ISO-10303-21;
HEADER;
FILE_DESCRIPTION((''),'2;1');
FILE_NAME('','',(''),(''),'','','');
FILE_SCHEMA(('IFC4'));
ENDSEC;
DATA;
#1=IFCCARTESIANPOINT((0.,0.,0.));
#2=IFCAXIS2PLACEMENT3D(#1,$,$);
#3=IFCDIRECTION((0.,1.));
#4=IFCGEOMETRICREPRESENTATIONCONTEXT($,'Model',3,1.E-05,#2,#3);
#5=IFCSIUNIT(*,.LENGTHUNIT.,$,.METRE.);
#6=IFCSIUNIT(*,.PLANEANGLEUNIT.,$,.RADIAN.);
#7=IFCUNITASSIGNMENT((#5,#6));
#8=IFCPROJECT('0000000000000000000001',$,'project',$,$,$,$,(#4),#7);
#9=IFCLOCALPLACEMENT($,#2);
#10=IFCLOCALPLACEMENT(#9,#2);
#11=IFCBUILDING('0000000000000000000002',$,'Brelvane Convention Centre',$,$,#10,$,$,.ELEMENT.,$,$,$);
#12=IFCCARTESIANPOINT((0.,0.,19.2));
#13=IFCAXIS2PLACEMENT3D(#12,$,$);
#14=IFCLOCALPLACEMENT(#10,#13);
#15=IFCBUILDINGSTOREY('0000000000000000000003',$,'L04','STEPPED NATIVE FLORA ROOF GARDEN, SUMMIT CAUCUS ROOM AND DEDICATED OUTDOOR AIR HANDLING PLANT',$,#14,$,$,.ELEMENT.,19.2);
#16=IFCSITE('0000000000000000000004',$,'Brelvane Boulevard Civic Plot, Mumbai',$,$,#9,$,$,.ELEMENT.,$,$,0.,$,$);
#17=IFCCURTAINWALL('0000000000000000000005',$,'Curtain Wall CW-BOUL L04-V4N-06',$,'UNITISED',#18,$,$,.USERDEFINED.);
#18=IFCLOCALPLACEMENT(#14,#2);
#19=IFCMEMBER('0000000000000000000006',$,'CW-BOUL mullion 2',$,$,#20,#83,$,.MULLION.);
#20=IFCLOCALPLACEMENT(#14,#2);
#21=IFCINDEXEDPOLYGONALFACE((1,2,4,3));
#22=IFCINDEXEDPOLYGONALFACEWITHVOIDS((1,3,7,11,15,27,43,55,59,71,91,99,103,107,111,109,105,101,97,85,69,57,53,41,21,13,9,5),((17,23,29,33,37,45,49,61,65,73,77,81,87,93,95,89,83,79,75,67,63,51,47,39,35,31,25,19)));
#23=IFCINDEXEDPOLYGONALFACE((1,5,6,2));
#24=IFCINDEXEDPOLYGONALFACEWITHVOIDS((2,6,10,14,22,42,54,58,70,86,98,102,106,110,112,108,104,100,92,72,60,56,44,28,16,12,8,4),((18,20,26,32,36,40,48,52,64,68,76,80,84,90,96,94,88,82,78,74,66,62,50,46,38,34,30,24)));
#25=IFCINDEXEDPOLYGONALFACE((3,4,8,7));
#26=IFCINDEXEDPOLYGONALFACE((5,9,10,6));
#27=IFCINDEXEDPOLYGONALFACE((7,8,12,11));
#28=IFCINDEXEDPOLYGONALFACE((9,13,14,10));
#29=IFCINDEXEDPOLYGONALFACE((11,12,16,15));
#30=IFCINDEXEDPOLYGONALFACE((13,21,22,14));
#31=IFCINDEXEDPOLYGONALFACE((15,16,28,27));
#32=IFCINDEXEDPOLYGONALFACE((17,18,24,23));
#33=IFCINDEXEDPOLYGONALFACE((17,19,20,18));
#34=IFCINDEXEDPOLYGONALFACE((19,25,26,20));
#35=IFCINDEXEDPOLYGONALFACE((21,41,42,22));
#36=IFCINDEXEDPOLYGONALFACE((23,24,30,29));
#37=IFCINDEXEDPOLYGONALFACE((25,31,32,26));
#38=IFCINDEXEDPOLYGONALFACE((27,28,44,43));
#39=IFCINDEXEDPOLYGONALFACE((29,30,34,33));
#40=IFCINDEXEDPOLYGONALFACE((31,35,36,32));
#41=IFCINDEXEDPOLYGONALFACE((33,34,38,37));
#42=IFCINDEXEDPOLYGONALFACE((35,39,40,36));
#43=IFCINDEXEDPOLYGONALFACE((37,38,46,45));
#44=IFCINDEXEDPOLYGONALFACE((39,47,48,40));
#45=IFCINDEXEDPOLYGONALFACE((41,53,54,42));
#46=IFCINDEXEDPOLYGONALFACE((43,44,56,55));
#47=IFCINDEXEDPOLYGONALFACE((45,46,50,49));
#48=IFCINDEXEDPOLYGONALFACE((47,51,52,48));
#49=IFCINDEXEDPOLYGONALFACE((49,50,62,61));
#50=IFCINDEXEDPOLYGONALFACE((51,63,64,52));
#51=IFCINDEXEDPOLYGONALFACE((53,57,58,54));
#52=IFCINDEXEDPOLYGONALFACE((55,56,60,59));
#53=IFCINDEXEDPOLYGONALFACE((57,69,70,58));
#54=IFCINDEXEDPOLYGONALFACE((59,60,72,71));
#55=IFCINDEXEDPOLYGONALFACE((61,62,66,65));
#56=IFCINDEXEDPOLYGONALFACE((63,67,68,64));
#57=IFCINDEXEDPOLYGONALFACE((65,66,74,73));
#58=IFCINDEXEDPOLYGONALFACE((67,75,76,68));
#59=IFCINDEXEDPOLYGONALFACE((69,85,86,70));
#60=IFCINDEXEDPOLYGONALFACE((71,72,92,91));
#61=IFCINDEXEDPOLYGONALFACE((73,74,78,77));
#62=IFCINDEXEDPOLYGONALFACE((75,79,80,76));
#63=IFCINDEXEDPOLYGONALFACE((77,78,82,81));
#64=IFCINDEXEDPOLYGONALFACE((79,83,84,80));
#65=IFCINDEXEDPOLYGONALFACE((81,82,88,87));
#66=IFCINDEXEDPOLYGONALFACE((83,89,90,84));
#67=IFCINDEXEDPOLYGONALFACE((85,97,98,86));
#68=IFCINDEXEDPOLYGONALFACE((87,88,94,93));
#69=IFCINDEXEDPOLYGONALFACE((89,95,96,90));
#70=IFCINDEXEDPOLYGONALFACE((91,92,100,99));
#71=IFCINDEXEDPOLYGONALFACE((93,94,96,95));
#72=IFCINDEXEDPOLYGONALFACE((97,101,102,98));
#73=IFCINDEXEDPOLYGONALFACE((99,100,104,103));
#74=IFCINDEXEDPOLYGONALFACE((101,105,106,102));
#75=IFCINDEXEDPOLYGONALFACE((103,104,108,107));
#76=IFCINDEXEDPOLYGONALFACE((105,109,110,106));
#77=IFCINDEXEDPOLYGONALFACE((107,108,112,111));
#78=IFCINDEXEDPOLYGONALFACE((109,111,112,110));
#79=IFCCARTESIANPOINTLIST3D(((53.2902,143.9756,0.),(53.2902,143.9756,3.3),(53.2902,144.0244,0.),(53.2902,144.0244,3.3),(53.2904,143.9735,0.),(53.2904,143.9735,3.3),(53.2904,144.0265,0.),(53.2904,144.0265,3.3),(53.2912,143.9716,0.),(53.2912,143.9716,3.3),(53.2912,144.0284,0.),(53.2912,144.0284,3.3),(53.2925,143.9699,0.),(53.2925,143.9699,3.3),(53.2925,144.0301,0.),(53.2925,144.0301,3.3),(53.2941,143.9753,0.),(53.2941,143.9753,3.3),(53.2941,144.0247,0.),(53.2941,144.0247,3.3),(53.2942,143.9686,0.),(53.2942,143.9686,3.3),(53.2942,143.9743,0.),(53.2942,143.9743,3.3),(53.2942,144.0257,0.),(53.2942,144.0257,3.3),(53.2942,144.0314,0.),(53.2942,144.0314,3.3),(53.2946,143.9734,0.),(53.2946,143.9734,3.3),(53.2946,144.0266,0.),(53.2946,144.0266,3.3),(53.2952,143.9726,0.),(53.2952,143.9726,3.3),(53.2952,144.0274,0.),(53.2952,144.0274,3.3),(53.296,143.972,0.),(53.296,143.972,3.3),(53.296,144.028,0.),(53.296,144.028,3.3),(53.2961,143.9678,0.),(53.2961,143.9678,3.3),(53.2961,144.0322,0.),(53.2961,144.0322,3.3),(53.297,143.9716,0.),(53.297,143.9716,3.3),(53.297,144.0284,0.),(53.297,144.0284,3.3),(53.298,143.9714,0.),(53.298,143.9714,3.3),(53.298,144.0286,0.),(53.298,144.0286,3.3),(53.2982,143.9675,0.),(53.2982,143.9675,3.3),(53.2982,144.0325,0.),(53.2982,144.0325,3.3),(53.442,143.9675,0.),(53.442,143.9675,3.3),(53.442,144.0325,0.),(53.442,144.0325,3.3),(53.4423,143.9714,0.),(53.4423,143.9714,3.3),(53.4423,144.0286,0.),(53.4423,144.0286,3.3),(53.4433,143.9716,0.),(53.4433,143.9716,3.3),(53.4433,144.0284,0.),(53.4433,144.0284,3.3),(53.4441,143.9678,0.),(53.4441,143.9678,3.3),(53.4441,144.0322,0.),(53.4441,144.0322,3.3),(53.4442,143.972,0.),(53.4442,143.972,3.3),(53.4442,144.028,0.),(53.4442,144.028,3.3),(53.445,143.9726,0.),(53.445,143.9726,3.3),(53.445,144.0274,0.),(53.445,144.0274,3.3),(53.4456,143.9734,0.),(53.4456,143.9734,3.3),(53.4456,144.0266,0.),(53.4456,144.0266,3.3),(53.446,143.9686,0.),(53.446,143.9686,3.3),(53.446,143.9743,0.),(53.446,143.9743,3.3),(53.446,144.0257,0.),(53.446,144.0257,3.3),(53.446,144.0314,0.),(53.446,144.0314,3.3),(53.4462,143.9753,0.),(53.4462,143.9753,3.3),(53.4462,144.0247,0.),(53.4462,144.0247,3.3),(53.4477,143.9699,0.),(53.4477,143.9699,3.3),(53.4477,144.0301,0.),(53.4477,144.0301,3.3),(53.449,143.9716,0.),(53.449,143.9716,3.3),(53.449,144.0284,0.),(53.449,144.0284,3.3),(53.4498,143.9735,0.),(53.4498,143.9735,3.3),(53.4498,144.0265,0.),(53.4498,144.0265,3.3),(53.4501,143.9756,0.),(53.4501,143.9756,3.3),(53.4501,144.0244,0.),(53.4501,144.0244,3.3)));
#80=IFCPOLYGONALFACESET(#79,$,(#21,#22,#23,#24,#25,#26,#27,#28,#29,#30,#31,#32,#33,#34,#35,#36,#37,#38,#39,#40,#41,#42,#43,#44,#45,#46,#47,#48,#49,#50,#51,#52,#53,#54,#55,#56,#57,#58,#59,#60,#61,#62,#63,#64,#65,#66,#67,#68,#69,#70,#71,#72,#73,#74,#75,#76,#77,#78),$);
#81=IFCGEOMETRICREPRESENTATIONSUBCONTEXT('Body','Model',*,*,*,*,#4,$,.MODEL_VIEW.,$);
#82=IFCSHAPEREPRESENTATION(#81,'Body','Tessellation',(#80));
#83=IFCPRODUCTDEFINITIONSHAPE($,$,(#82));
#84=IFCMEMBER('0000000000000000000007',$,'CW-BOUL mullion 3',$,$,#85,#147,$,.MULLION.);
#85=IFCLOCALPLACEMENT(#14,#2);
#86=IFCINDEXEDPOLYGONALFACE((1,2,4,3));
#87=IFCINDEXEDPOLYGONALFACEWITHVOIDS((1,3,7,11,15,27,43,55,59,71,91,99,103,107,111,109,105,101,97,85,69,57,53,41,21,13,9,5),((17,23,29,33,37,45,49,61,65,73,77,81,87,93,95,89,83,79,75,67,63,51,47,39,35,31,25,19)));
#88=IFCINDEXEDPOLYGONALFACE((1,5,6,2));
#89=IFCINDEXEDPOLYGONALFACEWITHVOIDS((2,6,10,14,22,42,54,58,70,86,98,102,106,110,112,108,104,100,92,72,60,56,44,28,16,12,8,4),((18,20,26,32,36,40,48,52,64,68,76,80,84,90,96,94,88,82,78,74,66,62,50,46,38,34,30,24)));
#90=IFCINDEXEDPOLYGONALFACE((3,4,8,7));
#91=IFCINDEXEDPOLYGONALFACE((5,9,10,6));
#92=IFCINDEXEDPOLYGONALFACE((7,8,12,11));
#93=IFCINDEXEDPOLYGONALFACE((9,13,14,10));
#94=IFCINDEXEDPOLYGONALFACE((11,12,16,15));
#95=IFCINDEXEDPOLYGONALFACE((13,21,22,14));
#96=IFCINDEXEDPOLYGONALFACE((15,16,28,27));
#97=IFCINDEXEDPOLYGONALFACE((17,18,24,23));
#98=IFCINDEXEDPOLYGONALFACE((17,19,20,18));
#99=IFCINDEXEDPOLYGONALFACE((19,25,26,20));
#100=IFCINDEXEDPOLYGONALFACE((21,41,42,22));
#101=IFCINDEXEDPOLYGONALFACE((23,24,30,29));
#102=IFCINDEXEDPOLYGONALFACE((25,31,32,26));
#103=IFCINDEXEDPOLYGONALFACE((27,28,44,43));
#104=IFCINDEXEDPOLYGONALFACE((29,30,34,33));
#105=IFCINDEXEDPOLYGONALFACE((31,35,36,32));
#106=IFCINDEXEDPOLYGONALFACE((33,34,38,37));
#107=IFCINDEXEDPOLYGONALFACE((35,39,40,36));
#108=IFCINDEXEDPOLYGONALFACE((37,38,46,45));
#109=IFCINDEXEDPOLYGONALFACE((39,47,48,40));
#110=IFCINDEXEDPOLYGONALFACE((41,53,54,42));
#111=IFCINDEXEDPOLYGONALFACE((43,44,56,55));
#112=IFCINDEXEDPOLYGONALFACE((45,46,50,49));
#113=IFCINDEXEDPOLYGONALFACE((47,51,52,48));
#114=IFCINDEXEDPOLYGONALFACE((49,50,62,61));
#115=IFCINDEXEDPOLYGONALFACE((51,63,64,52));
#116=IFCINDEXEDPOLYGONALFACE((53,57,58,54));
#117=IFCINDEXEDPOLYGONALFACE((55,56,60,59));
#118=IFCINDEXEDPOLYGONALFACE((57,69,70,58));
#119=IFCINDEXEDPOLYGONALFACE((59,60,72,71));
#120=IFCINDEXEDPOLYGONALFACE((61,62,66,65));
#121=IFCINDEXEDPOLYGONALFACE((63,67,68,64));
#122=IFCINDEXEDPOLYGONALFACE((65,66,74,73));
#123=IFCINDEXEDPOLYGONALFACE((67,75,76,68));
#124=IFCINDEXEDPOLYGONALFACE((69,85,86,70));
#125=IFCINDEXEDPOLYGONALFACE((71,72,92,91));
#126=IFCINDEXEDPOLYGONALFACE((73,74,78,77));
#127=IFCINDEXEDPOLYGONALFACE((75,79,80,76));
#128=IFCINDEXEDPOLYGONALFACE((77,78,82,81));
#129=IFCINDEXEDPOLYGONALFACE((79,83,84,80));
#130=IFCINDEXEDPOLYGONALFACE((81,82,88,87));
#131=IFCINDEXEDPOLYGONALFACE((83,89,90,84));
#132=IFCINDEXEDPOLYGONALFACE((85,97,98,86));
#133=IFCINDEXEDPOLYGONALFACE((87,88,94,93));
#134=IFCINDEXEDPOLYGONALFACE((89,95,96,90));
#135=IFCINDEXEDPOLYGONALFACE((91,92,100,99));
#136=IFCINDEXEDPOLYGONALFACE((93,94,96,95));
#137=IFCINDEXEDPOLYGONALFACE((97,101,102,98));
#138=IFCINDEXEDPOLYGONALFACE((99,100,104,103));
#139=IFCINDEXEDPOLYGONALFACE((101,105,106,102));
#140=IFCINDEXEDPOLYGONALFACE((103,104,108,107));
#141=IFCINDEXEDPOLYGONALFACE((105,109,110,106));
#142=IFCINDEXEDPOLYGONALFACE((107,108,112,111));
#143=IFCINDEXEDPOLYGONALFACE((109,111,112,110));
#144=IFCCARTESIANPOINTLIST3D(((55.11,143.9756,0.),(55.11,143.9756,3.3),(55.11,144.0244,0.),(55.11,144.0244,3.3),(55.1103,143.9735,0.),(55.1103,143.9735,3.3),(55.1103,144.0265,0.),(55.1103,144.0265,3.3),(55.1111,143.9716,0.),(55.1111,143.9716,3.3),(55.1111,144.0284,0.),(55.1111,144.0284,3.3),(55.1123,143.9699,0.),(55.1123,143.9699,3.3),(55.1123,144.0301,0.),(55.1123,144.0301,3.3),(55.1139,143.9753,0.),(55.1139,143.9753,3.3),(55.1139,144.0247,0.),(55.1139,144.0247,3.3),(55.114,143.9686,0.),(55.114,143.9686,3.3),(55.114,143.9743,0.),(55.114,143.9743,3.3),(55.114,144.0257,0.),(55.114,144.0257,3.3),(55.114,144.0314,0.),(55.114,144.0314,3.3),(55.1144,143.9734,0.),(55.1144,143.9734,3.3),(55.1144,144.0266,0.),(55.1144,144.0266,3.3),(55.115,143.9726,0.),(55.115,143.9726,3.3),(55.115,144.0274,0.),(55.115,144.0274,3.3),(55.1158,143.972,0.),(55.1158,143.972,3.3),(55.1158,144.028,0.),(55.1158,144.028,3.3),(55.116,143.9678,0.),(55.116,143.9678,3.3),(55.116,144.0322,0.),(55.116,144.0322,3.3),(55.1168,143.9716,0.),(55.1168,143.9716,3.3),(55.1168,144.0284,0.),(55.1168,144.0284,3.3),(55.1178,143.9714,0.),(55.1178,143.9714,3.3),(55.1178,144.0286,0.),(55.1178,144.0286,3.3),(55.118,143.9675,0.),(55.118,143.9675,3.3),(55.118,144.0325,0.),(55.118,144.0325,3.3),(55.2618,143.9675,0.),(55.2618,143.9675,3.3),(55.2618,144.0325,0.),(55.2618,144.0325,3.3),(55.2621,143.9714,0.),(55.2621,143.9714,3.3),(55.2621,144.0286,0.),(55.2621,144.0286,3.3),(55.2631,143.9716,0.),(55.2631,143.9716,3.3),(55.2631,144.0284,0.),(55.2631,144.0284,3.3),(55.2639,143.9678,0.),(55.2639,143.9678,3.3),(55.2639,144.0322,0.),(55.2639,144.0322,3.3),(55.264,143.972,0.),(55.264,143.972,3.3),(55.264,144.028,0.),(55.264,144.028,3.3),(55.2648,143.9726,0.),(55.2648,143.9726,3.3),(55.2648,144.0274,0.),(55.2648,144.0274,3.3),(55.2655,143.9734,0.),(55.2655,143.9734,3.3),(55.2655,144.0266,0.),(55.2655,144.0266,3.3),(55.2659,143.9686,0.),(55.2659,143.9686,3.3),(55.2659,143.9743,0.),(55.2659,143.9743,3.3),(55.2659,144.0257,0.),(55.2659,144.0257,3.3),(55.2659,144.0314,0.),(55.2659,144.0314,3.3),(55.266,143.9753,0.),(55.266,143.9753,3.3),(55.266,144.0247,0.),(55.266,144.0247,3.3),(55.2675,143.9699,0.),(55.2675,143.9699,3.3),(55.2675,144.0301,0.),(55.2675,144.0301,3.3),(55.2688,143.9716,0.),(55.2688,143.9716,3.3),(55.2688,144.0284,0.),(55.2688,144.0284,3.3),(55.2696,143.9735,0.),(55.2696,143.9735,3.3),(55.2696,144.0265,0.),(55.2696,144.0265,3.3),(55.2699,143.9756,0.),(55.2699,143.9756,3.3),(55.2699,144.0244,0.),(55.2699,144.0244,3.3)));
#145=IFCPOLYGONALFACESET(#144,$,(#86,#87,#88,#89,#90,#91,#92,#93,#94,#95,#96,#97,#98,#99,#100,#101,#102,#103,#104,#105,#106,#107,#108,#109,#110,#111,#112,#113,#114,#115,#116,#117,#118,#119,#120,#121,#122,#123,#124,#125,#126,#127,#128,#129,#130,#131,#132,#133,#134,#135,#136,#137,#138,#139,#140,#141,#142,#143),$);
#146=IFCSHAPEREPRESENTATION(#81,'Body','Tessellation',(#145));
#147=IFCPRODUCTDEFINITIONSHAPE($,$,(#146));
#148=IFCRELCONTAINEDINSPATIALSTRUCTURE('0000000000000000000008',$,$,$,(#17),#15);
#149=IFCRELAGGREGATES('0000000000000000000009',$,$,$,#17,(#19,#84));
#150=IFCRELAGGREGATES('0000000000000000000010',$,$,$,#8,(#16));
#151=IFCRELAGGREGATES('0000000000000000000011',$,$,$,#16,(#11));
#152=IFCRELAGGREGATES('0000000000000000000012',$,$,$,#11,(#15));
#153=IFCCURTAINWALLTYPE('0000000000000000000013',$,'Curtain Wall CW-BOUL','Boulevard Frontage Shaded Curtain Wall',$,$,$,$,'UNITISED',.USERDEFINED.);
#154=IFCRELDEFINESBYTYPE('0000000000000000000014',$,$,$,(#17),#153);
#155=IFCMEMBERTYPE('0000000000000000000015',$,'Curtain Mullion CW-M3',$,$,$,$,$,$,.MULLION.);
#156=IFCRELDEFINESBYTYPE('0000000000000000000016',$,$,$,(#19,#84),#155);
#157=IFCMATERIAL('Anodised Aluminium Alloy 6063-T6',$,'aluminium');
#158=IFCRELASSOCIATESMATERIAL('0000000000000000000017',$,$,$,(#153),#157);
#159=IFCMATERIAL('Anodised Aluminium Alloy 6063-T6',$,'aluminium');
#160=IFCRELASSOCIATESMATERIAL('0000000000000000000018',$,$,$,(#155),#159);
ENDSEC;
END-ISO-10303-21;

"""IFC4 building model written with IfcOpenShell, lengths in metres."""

from ifc_helpers import new_model, si_unit, direction, frame, origin, origin_2d, place, context, subcontext, project, spatial, hollow_rectangle, extrude, material, material_profile, profile_set, type_object, element, aggregate, save


model = new_model("IFC4")

# Units and contexts
model_context = context("Model", 3, precision=1e-05, world=origin(), true_north=direction((0.0, 1.0)))
body_context = subcontext(model_context, "Body", "Model", "MODEL_VIEW")
ifc_project = project(units=[si_unit("LENGTHUNIT", "METRE"), si_unit("PLANEANGLEUNIT", "RADIAN")], contexts=[model_context])

# Site, building, storey
site_placement = place(None, origin())
site = spatial("IfcSite", under=ifc_project, at=site_placement, Name="Brelvane Boulevard Civic Plot, Mumbai", CompositionType="ELEMENT", RefElevation=0.0)
building_placement = place(site_placement, origin())
building = spatial("IfcBuilding", under=site, at=building_placement, Name="Brelvane Convention Centre", CompositionType="ELEMENT")
storey_placement = place(building_placement, frame((0.0, 0.0, 19.2)))
storey = spatial("IfcBuildingStorey", under=building, at=storey_placement, Name="L04", Description="STEPPED NATIVE FLORA ROOF GARDEN, SUMMIT CAUCUS ROOM AND DEDICATED OUTDOOR AIR HANDLING PLANT", CompositionType="ELEMENT", Elevation=19.2)

# Shared definitions
ifc_material_1 = material(Name="Anodised Aluminium Alloy 6063-T6", Category="aluminium")
curtain_wall_type = type_object("IfcCurtainWallType", Name="Curtain Wall CW-BOUL", Description="Boulevard Frontage Shaded Curtain Wall", ElementType="UNITISED", PredefinedType="USERDEFINED", material=ifc_material_1)
ifc_material_2 = material(Name="Anodised Aluminium Alloy 6063-T6", Category="aluminium")
ifc_material_profile_1 = material_profile(ifc_material_2, hollow_rectangle(XDim=0.0649, YDim=0.1599, WallThickness=0.0039, InnerFilletRadius=0.0039, OuterFilletRadius=0.0081, at=origin_2d()), Name="ALU-M 160x65x4.0")
ifc_profile_set_1 = profile_set([ifc_material_profile_1], Name="Anodised Aluminium Alloy 6063-T6")
member_type_1 = type_object("IfcMemberType", Name="Curtain Mullion CW-M3", PredefinedType="MULLION", material=ifc_profile_set_1)

# Curtain wall, members
curtain_wall_1_placement = place(storey_placement, origin())
curtain_wall_1 = element("IfcCurtainWall", 1, at=curtain_wall_1_placement, inside=storey, type_object=curtain_wall_type, Name="Curtain Wall CW-BOUL L04-V4N-06", ObjectType="UNITISED", PredefinedType="USERDEFINED")
member_1_placement = place(storey_placement, frame((53.3701, 144.0, 0.0), z_axis=(0.0, 0.0, 1.0), x_axis=(0.0, 1.0, 0.0)))
member_1 = element("IfcMember", 2, at=member_1_placement, type_object=member_type_1, Name="CW-BOUL mullion 2", PredefinedType="MULLION", context=body_context, shape_type="SweptSolid", body=[
    extrude(hollow_rectangle(XDim=0.0649, YDim=0.1599, WallThickness=0.0039, InnerFilletRadius=0.0039, OuterFilletRadius=0.0081, at=origin_2d()), origin(), (0.0, 0.0, 1.0), 3.3),
])
member_2_placement = place(storey_placement, frame((55.1899, 144.0, 0.0), z_axis=(0.0, 0.0, 1.0), x_axis=(0.0, 1.0, 0.0)))
member_2 = element("IfcMember", 3, at=member_2_placement, type_object=member_type_1, Name="CW-BOUL mullion 3", PredefinedType="MULLION", context=body_context, shape_type="SweptSolid", body=[
    extrude(hollow_rectangle(XDim=0.0649, YDim=0.1599, WallThickness=0.0039, InnerFilletRadius=0.0039, OuterFilletRadius=0.0081, at=origin_2d()), origin(), (0.0, 0.0, 1.0), 3.3),
])

aggregate(curtain_wall_1, [member_1, member_2])

save(model, "model.ifc")
